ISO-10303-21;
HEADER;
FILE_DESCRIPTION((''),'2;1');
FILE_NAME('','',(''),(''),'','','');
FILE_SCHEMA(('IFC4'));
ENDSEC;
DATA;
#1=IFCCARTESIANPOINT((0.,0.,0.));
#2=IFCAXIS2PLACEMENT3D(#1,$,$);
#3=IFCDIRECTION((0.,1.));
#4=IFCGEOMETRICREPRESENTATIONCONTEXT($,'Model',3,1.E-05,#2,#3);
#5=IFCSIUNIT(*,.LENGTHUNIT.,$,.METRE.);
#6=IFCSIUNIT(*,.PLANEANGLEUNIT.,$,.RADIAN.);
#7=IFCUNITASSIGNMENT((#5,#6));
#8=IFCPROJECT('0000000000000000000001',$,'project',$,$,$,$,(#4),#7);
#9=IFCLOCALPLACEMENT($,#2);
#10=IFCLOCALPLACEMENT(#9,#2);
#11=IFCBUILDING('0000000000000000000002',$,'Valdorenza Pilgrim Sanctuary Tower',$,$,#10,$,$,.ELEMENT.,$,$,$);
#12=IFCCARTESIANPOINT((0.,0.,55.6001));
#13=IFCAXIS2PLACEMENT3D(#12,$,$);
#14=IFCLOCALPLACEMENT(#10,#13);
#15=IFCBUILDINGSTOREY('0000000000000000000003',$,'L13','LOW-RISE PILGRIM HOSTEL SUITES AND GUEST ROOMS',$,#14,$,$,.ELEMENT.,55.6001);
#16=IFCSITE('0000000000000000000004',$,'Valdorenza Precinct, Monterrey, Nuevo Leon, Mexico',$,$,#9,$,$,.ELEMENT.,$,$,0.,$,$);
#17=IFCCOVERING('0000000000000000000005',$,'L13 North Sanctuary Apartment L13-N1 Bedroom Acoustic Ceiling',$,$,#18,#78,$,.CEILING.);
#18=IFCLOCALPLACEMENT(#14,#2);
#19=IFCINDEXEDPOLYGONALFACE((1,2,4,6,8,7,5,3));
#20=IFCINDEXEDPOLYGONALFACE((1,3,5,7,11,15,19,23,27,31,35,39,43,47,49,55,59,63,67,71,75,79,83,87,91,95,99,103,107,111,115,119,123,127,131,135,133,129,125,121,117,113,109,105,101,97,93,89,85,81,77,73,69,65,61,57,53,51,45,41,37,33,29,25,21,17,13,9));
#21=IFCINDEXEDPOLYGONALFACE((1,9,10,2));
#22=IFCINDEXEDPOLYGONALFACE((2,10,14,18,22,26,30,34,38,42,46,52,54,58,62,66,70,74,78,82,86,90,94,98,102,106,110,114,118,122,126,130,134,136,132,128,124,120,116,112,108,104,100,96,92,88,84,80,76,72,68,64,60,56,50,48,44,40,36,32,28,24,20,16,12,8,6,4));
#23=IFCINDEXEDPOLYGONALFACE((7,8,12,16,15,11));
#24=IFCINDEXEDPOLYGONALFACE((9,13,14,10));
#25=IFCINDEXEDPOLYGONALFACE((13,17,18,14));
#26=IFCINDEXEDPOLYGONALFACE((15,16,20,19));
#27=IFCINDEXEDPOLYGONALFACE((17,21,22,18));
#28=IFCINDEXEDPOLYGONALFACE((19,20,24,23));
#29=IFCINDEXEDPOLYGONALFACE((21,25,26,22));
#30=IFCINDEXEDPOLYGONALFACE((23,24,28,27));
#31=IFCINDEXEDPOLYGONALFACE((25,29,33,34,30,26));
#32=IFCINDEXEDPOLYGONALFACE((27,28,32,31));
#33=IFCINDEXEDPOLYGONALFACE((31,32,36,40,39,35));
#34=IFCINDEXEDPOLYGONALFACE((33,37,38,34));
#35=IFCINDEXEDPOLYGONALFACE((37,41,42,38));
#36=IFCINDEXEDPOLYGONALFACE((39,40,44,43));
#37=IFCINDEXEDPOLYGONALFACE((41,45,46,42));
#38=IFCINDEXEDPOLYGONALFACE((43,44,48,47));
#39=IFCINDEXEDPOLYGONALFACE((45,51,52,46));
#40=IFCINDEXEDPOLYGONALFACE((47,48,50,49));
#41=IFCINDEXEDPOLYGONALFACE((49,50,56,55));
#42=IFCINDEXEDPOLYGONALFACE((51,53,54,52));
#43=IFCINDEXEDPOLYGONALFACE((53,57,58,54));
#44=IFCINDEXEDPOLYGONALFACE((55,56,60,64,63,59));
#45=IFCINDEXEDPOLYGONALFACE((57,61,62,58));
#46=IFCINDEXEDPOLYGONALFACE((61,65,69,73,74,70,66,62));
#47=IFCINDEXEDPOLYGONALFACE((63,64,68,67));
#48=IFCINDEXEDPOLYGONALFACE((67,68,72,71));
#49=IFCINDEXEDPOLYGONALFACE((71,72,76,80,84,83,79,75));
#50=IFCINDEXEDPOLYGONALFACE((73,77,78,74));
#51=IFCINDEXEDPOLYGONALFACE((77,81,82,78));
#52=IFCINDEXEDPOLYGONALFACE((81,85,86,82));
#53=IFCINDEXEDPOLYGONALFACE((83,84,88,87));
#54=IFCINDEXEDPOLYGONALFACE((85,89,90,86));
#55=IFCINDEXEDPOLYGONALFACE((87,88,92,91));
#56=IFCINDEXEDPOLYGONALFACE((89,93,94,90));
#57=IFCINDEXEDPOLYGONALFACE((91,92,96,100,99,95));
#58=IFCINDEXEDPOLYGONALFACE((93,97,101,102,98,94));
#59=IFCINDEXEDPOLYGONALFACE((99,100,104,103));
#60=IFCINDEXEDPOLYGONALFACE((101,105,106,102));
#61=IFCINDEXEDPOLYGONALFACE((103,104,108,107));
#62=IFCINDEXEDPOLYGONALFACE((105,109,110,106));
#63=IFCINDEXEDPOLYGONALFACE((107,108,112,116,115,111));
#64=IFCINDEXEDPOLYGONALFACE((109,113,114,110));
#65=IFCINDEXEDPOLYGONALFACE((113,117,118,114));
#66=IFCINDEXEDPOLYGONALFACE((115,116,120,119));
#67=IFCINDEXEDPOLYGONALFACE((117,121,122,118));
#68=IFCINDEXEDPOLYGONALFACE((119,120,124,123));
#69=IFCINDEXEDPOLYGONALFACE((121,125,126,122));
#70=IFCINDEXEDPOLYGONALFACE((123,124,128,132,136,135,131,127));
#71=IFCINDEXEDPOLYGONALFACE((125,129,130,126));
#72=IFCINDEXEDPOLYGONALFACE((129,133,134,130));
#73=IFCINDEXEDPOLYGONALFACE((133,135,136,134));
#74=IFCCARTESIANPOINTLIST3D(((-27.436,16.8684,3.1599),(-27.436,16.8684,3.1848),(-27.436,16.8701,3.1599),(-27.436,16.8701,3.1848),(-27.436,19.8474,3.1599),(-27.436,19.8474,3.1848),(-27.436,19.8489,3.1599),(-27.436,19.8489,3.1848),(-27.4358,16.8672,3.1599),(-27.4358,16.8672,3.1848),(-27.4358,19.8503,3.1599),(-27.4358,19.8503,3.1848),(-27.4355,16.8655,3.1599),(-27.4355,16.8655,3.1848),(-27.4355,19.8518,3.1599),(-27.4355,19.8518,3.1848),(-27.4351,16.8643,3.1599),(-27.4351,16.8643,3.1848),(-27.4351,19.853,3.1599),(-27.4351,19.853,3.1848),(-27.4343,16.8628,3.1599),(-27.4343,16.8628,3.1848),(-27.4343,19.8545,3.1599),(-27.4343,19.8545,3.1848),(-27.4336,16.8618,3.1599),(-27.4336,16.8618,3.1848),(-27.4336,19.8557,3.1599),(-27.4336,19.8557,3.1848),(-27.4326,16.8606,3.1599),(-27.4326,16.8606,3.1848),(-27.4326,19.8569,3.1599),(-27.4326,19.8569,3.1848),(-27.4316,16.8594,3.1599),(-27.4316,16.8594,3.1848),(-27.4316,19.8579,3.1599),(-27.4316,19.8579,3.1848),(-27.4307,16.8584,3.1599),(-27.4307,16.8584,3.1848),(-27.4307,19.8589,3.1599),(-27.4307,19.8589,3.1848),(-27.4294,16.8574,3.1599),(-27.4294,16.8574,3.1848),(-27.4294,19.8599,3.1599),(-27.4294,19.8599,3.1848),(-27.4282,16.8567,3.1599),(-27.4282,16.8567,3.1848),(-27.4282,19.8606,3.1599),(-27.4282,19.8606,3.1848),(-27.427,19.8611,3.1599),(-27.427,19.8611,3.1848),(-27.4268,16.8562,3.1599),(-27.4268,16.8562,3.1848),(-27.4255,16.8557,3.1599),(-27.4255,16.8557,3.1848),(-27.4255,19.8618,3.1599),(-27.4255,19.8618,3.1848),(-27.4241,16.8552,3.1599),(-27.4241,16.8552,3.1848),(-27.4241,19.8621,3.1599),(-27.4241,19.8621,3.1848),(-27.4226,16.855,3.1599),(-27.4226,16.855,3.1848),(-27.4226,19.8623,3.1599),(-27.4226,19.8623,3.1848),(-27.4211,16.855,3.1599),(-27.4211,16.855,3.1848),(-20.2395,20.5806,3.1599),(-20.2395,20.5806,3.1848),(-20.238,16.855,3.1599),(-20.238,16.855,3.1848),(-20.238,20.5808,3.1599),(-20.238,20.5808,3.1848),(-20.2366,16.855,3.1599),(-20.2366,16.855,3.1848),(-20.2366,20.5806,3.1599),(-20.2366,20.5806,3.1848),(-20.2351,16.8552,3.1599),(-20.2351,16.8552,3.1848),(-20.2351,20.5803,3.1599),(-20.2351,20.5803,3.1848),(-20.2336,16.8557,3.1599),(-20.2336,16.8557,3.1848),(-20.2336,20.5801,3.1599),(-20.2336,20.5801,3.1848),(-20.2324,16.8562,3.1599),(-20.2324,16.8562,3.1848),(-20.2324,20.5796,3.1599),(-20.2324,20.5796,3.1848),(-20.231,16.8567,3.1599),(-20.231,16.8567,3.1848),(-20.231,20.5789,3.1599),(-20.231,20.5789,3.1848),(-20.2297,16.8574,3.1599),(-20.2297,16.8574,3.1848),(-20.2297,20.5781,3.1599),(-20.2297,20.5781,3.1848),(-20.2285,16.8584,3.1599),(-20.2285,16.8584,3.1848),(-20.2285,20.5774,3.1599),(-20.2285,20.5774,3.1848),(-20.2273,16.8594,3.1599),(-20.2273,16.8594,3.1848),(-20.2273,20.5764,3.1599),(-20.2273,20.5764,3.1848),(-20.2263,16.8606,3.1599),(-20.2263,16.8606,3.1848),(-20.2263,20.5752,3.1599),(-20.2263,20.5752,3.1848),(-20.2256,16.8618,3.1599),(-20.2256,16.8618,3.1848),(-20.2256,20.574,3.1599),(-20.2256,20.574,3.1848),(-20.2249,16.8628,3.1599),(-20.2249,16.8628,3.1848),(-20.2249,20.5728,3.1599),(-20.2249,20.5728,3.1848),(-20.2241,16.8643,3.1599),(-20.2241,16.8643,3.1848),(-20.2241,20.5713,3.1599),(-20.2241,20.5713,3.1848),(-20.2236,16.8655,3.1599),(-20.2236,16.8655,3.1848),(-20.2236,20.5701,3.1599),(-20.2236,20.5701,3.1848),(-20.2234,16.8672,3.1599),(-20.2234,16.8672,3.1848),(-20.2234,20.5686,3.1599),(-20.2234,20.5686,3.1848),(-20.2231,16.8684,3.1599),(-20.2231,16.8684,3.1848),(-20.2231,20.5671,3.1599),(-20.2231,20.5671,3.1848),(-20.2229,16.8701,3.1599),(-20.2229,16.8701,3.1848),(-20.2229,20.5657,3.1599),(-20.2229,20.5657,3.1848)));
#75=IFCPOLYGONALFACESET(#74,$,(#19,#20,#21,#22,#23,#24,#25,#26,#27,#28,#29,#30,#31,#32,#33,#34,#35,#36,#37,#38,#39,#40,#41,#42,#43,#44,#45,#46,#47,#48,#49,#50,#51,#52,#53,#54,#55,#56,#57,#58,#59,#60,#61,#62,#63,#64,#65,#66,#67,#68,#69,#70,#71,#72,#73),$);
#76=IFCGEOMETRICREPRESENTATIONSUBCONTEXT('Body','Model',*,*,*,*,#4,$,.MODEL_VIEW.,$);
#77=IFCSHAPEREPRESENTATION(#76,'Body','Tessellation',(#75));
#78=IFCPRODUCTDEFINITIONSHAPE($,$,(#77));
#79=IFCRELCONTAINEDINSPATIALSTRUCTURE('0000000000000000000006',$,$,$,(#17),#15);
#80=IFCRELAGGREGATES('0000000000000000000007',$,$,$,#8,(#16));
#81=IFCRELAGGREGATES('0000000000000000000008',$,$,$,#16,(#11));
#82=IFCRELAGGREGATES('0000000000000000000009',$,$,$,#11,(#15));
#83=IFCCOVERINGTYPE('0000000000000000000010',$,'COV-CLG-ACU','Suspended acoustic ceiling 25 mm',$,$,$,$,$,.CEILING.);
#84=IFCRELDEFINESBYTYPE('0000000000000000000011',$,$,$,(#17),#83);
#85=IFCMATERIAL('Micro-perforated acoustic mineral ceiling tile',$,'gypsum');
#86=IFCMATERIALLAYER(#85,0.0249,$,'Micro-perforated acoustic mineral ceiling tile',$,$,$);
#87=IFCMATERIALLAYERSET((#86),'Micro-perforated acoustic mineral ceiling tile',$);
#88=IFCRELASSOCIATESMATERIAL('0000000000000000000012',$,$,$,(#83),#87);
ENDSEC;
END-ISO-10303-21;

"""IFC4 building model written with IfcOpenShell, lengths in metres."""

from ifc_helpers import new_model, si_unit, direction, frame, origin, place, context, subcontext, project, spatial, polyline, outline, extrude, material, layer, layer_set, type_object, element, save


model = new_model("IFC4")

# Units and contexts
model_context = context("Model", 3, precision=1e-05, world=origin(), true_north=direction((0.0, 1.0)))
body_context = subcontext(model_context, "Body", "Model", "MODEL_VIEW")
ifc_project = project(units=[si_unit("LENGTHUNIT", "METRE"), si_unit("PLANEANGLEUNIT", "RADIAN")], contexts=[model_context])

# Site, building, storey
site_placement = place(None, origin())
site = spatial("IfcSite", under=ifc_project, at=site_placement, Name="Valdorenza Precinct, Monterrey, Nuevo Leon, Mexico", CompositionType="ELEMENT", RefElevation=0.0)
building_placement = place(site_placement, origin())
building = spatial("IfcBuilding", under=site, at=building_placement, Name="Valdorenza Pilgrim Sanctuary Tower", CompositionType="ELEMENT")
storey_placement = place(building_placement, frame((0.0, 0.0, 55.6001)))
storey = spatial("IfcBuildingStorey", under=building, at=storey_placement, Name="L13", Description="LOW-RISE PILGRIM HOSTEL SUITES AND GUEST ROOMS", CompositionType="ELEMENT", Elevation=55.6001)

# Covering
ifc_material_1 = material(Name="Micro-perforated acoustic mineral ceiling tile", Category="gypsum")
ifc_layer_1 = layer(ifc_material_1, 0.0249, Name="Micro-perforated acoustic mineral ceiling tile")
ifc_layer_set_1 = layer_set([ifc_layer_1], Name="Micro-perforated acoustic mineral ceiling tile")
covering_type_1 = type_object("IfcCoveringType", Name="COV-CLG-ACU", Description="Suspended acoustic ceiling 25 mm", PredefinedType="CEILING", material=ifc_layer_set_1)
covering_1_placement = place(storey_placement, frame((0.0, 0.0, 3.1599)))
element("IfcCovering", 1, at=covering_1_placement, inside=storey, type_object=covering_type_1, Name="L13 North Sanctuary Apartment L13-N1 Bedroom Acoustic Ceiling", PredefinedType="CEILING", context=body_context, shape_type="SweptSolid", body=[
    extrude(outline(polyline([(-27.4211, 16.855), (-27.4226, 16.855), (-27.4241, 16.8552), (-27.4255, 16.8557), (-27.4268, 16.8562), (-27.4282, 16.8567), (-27.4294, 16.8574), (-27.4307, 16.8584), (-27.4316, 16.8594), (-27.4326, 16.8606), (-27.4336, 16.8618), (-27.4343, 16.8628), (-27.4351, 16.8643), (-27.4355, 16.8655), (-27.4358, 16.8672), (-27.436, 16.8684), (-27.436, 16.8701), (-27.436, 19.8474), (-27.436, 19.8489), (-27.4358, 19.8503), (-27.4355, 19.8518), (-27.4351, 19.853), (-27.4343, 19.8545), (-27.4336, 19.8557), (-27.4326, 19.8569), (-27.4316, 19.8579), (-27.4307, 19.8589), (-27.4294, 19.8599), (-27.4282, 19.8606), (-27.427, 19.8611), (-27.4255, 19.8618), (-27.4241, 19.8621), (-27.4226, 19.8623), (-20.2395, 20.5806), (-20.238, 20.5808), (-20.2366, 20.5806), (-20.2351, 20.5803), (-20.2336, 20.5801), (-20.2324, 20.5796), (-20.231, 20.5789), (-20.2297, 20.5781), (-20.2285, 20.5774), (-20.2273, 20.5764), (-20.2263, 20.5752), (-20.2256, 20.574), (-20.2249, 20.5728), (-20.2241, 20.5713), (-20.2236, 20.5701), (-20.2234, 20.5686), (-20.2231, 20.5671), (-20.2229, 20.5657), (-20.2229, 16.8701), (-20.2231, 16.8684), (-20.2234, 16.8672), (-20.2236, 16.8655), (-20.2241, 16.8643), (-20.2249, 16.8628), (-20.2256, 16.8618), (-20.2263, 16.8606), (-20.2273, 16.8594), (-20.2285, 16.8584), (-20.2297, 16.8574), (-20.231, 16.8567), (-20.2324, 16.8562), (-20.2336, 16.8557), (-20.2351, 16.8552), (-20.2366, 16.855), (-20.238, 16.855), (-27.4211, 16.855)])), origin(), (0.0, 0.0, 1.0), 0.0249),
])

save(model, "model.ifc")
